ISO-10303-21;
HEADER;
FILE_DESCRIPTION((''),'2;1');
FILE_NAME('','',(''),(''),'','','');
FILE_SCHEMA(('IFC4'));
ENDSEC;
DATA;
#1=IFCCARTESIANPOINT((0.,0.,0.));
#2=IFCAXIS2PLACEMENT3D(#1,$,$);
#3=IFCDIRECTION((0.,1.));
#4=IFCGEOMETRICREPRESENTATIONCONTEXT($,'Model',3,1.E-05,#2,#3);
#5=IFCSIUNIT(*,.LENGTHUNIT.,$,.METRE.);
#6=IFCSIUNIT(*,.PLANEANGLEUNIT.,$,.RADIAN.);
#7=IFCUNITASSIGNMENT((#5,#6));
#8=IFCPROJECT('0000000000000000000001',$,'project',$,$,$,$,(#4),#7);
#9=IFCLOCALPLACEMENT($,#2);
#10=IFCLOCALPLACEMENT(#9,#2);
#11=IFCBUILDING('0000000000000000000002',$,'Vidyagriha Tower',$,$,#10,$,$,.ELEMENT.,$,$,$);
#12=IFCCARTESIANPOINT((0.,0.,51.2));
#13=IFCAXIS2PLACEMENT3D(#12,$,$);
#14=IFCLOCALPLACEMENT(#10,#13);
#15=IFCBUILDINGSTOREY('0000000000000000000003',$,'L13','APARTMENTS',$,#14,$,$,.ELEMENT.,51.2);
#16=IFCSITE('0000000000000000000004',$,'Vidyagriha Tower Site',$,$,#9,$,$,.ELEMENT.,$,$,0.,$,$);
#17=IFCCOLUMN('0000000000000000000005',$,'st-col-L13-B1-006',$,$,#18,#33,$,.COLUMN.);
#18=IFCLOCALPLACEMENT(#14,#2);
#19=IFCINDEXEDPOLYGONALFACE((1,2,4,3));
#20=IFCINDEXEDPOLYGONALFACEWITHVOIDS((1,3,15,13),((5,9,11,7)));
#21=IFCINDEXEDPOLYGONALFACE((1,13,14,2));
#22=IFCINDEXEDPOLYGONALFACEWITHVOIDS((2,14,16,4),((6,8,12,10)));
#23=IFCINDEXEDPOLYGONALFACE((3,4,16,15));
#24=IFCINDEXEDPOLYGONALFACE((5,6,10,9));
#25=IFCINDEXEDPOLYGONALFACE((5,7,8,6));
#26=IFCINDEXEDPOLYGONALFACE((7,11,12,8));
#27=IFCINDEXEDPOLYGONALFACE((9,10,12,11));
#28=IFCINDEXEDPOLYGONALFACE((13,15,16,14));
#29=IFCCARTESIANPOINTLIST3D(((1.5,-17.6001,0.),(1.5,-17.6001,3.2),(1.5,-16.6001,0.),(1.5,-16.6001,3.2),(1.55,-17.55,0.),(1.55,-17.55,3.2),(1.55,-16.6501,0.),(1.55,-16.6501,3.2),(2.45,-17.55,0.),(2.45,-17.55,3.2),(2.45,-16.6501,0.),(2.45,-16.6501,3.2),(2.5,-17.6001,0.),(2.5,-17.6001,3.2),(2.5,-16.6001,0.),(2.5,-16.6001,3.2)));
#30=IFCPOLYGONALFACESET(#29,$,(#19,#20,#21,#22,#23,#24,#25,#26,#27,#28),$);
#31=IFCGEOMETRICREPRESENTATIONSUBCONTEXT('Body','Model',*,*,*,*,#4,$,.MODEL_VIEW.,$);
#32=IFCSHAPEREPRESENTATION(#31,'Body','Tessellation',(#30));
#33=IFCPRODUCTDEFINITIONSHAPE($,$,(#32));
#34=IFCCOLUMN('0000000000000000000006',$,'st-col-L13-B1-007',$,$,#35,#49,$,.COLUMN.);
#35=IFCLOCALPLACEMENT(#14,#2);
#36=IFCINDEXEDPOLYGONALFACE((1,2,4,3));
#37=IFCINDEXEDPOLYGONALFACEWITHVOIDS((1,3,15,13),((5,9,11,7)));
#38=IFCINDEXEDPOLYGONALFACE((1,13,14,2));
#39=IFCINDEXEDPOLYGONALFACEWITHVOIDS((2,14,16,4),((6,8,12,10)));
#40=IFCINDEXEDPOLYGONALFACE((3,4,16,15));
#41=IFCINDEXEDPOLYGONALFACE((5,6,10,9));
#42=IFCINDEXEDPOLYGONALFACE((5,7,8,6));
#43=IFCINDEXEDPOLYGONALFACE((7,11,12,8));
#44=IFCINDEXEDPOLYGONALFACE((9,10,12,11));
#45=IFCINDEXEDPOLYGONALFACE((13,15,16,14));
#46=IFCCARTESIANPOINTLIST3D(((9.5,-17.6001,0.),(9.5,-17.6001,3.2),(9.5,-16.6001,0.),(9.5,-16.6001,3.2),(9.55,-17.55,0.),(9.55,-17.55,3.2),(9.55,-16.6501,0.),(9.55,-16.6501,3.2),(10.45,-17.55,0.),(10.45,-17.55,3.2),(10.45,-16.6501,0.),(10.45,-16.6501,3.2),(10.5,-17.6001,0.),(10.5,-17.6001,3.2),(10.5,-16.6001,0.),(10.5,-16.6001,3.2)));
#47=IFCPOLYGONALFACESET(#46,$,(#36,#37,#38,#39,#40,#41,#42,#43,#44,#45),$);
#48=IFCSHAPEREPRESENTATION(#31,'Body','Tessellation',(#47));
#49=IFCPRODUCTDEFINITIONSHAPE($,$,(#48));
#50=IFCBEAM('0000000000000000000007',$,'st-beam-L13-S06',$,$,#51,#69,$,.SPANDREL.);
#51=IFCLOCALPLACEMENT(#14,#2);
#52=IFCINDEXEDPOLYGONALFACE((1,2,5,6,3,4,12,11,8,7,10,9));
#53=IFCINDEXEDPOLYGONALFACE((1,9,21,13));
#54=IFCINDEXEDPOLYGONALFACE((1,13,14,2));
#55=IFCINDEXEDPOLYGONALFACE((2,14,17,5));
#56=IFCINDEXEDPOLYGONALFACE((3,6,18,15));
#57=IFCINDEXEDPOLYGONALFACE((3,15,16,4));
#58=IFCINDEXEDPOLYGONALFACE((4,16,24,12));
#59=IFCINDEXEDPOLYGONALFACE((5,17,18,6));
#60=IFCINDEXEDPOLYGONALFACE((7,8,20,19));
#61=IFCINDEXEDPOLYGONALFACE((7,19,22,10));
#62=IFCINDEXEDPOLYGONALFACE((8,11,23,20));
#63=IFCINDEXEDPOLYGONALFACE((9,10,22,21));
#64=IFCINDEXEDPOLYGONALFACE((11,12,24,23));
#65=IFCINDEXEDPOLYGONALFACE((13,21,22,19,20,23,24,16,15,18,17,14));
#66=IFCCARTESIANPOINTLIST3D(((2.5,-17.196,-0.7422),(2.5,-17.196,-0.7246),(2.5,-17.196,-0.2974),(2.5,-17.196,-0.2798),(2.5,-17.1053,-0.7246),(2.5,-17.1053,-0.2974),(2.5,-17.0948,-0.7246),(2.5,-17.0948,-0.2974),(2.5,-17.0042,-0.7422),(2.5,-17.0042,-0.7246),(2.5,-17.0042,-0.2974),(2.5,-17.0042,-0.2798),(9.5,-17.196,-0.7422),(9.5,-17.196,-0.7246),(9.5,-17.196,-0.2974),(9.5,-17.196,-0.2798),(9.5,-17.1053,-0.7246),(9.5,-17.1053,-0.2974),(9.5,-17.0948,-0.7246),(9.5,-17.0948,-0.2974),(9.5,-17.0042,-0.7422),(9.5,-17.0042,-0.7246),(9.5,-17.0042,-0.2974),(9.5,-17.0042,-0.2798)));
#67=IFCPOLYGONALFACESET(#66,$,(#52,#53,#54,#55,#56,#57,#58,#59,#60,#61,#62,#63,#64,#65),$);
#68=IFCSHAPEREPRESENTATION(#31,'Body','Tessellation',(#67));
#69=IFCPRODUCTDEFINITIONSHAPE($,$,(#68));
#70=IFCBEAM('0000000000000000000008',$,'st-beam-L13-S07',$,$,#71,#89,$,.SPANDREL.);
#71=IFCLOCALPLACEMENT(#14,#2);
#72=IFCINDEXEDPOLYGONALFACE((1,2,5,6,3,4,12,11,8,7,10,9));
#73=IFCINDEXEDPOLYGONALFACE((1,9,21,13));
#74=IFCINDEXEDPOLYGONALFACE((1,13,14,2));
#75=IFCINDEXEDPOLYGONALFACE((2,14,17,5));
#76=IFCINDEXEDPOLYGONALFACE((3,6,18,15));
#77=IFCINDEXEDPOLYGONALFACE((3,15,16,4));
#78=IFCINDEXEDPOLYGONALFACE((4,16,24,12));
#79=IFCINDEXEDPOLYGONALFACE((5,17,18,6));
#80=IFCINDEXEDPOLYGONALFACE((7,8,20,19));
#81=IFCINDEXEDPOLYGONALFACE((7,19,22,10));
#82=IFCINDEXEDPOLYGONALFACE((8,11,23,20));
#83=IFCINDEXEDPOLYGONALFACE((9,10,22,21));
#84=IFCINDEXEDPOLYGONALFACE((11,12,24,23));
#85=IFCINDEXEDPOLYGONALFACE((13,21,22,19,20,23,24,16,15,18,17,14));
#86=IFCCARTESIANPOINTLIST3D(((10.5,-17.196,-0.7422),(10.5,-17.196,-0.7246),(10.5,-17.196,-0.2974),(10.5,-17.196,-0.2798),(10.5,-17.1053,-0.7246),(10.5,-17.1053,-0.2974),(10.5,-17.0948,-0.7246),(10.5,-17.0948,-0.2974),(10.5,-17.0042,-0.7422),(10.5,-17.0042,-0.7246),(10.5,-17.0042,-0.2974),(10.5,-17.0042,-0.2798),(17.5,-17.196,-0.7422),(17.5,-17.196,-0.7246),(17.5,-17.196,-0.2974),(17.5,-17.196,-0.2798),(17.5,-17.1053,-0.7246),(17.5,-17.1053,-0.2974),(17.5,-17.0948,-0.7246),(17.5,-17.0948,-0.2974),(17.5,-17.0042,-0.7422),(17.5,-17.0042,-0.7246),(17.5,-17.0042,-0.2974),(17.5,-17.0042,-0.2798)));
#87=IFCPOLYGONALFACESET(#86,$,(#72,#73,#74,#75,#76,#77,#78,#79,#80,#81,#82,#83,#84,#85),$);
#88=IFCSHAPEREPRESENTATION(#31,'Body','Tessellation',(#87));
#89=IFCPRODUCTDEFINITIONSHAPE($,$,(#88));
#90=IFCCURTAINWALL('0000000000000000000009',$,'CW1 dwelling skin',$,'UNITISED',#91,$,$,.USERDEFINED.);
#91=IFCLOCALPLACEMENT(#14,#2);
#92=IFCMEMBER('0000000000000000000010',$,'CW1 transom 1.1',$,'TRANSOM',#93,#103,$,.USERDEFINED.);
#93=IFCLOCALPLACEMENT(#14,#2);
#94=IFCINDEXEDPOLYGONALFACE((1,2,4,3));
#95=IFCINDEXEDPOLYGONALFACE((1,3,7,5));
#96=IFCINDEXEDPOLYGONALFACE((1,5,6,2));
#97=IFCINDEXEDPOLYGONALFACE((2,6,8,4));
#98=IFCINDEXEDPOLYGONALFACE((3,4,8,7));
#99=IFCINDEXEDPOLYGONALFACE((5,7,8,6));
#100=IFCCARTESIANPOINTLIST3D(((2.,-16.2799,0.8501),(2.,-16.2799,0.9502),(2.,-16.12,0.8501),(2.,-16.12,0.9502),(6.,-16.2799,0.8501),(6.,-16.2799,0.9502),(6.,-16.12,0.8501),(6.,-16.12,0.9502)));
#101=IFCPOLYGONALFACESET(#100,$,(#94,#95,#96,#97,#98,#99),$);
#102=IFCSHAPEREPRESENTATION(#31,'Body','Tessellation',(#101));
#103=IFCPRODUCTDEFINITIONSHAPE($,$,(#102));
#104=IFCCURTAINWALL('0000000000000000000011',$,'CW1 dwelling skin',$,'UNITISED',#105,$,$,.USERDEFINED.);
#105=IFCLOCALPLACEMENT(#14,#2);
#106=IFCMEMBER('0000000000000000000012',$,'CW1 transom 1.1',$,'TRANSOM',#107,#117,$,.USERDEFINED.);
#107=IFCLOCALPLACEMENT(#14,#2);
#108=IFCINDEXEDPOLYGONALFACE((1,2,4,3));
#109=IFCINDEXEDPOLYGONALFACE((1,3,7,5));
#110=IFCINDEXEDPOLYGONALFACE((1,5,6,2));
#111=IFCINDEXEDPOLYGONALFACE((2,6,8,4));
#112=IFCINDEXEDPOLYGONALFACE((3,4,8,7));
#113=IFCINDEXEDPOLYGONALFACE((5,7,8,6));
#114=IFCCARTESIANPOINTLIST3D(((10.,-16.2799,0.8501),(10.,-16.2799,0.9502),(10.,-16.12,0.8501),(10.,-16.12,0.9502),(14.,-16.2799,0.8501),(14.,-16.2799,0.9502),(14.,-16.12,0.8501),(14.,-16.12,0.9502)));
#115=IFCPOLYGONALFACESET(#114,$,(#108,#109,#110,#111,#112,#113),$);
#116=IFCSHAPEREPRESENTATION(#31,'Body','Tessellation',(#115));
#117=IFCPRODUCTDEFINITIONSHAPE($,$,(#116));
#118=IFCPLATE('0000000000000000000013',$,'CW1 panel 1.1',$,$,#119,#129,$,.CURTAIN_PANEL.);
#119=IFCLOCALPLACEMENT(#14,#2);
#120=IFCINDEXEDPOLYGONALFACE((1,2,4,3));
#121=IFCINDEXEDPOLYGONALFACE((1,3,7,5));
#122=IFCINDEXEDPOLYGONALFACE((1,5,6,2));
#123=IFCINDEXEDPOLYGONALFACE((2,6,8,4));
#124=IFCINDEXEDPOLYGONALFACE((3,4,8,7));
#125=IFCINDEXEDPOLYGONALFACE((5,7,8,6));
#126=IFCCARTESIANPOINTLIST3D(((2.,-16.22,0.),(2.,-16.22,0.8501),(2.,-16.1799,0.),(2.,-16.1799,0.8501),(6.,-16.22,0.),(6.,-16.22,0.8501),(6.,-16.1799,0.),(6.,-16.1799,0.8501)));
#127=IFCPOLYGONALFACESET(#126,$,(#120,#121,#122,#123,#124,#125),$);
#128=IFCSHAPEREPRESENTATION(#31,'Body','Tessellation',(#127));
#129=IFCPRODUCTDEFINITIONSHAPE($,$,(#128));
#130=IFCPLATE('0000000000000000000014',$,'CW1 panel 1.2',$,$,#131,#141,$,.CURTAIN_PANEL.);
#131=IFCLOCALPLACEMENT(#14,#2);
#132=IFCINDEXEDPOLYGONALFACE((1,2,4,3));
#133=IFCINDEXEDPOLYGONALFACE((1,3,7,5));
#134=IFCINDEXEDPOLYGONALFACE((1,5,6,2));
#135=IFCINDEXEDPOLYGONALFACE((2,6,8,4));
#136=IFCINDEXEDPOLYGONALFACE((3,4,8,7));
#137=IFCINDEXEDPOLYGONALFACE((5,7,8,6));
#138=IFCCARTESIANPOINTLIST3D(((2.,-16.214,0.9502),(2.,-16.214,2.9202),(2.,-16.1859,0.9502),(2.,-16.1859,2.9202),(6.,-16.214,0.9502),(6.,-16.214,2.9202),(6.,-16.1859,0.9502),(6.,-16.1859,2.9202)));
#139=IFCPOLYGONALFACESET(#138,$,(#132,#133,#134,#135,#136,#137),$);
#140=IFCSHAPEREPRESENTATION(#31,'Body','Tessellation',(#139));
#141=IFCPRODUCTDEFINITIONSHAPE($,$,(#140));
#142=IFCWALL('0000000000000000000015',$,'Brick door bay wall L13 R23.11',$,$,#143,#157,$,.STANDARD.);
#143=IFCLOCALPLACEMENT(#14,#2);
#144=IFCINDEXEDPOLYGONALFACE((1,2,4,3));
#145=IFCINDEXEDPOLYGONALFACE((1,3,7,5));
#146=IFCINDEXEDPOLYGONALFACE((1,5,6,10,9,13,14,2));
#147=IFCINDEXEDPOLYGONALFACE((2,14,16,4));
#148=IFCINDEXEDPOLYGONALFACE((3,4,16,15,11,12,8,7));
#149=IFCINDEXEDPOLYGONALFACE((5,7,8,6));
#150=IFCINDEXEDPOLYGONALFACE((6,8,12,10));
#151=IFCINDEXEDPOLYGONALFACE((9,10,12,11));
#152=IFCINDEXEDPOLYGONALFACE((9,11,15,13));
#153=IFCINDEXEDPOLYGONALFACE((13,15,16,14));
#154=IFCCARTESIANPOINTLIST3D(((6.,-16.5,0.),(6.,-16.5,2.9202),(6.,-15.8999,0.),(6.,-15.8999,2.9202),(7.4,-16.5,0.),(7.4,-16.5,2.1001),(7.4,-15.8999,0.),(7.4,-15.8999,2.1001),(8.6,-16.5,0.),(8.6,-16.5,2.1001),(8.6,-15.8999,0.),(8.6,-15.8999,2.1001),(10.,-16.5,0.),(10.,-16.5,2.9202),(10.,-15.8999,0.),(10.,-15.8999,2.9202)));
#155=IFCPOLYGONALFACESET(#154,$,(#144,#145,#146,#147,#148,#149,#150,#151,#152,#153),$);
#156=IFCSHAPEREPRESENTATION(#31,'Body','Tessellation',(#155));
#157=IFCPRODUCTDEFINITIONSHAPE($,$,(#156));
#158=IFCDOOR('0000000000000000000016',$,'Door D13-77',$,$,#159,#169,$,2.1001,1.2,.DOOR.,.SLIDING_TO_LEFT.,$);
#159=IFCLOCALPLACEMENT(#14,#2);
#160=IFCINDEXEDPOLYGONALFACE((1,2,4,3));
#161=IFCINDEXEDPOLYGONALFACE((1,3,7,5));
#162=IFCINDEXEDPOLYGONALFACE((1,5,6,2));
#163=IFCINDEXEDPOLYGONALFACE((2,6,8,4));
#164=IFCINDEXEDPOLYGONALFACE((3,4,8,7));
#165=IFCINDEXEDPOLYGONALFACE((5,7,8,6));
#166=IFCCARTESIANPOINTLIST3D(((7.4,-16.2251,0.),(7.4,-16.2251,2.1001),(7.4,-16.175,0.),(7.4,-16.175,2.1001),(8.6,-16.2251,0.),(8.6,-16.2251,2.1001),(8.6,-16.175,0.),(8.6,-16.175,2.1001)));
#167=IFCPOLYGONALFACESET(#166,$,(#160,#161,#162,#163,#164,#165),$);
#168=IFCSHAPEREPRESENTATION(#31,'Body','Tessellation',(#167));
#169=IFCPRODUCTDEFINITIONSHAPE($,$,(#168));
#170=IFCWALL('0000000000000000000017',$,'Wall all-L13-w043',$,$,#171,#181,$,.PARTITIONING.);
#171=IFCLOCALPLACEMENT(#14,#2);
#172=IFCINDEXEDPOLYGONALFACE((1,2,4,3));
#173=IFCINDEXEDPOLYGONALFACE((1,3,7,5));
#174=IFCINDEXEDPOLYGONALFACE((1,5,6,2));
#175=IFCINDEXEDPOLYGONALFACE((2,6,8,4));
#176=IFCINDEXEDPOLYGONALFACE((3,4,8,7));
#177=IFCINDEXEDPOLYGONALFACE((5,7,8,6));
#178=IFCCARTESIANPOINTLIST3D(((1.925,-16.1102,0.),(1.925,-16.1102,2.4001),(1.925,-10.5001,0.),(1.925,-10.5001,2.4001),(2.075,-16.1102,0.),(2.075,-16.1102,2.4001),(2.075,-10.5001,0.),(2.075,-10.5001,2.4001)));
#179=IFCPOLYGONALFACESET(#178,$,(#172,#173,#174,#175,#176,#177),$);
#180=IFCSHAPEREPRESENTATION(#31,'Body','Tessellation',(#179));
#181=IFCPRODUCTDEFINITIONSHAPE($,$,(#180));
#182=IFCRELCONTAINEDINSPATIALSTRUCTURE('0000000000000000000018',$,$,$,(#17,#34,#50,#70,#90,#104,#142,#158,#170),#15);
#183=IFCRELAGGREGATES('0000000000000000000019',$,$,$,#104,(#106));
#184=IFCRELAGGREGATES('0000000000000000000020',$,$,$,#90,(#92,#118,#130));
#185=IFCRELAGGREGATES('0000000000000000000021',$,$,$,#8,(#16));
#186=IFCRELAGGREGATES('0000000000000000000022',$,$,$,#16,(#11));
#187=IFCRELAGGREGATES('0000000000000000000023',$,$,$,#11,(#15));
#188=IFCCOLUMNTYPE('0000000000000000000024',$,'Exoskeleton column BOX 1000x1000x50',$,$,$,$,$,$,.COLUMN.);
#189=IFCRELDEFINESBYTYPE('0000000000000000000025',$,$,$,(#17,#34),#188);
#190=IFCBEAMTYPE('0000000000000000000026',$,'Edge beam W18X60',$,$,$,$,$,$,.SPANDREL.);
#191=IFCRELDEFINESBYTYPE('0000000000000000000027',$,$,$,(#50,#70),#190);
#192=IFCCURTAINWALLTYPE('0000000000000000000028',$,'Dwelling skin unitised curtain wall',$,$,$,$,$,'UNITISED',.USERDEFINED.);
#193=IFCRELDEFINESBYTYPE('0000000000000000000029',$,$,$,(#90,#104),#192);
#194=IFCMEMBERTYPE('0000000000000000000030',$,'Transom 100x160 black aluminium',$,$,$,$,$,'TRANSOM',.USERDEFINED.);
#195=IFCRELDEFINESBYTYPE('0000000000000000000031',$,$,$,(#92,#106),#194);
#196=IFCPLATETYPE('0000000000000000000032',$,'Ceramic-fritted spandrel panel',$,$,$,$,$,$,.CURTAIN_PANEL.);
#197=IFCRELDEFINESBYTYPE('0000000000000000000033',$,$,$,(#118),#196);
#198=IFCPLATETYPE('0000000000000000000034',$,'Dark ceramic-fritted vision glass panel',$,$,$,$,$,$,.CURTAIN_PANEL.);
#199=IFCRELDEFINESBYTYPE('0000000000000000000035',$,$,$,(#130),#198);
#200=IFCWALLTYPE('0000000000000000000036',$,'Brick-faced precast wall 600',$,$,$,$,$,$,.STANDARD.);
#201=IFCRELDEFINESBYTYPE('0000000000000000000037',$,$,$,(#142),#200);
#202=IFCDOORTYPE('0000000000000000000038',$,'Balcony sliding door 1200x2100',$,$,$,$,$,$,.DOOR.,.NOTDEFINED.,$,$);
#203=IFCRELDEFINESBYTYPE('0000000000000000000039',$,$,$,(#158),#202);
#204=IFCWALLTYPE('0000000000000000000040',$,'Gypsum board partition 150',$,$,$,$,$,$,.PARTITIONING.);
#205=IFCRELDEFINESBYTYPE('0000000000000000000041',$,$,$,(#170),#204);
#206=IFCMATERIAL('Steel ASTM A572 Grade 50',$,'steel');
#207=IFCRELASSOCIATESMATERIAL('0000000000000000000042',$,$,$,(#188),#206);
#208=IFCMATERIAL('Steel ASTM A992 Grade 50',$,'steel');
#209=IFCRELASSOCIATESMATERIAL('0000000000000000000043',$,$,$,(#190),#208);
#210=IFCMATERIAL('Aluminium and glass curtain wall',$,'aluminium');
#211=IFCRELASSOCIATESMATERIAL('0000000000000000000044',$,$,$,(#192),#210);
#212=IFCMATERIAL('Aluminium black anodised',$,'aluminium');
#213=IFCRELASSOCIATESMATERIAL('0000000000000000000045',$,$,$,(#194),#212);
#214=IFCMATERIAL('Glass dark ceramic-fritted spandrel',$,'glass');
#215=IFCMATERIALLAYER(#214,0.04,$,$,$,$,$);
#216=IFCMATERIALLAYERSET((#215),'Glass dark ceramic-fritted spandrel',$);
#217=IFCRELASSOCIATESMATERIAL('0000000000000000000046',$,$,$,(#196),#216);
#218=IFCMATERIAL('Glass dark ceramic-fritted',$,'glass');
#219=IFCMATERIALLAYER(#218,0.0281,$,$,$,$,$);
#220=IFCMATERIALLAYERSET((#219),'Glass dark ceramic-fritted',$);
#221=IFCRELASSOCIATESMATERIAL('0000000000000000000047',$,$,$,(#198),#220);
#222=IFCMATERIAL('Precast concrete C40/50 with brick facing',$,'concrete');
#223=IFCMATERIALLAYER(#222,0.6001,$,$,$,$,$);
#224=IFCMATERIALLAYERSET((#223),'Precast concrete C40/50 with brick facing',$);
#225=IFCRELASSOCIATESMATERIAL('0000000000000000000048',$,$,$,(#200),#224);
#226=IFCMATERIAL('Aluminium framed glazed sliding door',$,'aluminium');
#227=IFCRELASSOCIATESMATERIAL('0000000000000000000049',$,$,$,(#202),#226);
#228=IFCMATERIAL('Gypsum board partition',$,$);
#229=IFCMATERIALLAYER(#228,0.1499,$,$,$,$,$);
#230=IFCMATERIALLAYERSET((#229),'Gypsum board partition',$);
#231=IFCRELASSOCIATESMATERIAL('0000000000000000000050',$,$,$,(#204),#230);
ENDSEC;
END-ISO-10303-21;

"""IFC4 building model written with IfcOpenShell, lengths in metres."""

from ifc_helpers import new_model, si_unit, direction, frame, frame_2d, origin, origin_2d, place, context, subcontext, project, spatial, rectangle, hollow_rectangle, i_section, extrude, material, layer, layer_set, material_profile, profile_set, type_object, element, fill, aggregate, save


model = new_model("IFC4")

# Units and contexts
model_context = context("Model", 3, precision=1e-05, world=origin(), true_north=direction((0.0, 1.0)))
body_context = subcontext(model_context, "Body", "Model", "MODEL_VIEW")
ifc_project = project(units=[si_unit("LENGTHUNIT", "METRE"), si_unit("PLANEANGLEUNIT", "RADIAN")], contexts=[model_context])

# Site, building, storey
site_placement = place(None, origin())
site = spatial("IfcSite", under=ifc_project, at=site_placement, Name="Vidyagriha Tower Site", CompositionType="ELEMENT", RefElevation=0.0)
building_placement = place(site_placement, origin())
building = spatial("IfcBuilding", under=site, at=building_placement, Name="Vidyagriha Tower", CompositionType="ELEMENT")
storey_placement = place(building_placement, frame((0.0, 0.0, 51.2)))
storey = spatial("IfcBuildingStorey", under=building, at=storey_placement, Name="L13", Description="APARTMENTS", CompositionType="ELEMENT", Elevation=51.2)

# Columns
ifc_material_1 = material(Name="Steel ASTM A572 Grade 50", Category="steel")
ifc_material_profile_1 = material_profile(ifc_material_1, hollow_rectangle(XDim=1.0, YDim=1.0, WallThickness=0.05, at=origin_2d()), Name="BOX 1000x1000x50")
ifc_profile_set_1 = profile_set([ifc_material_profile_1], Name="Steel ASTM A572 Grade 50")
column_type = type_object("IfcColumnType", Name="Exoskeleton column BOX 1000x1000x50", PredefinedType="COLUMN", material=ifc_profile_set_1)
for number, where, name in (
    (1, (2.0, -17.1001, 0.0), "st-col-L13-B1-006"),
    (2, (10.0, -17.1001, 0.0), "st-col-L13-B1-007"),
):
    element("IfcColumn", number, at=place(storey_placement, frame(where)), inside=storey, type_object=column_type, Name=name, PredefinedType="COLUMN", context=body_context, shape_type="SweptSolid", body=[
        extrude(hollow_rectangle(XDim=1.0, YDim=1.0, WallThickness=0.05, at=origin_2d()), origin(), (0.0, 0.0, 1.0), 3.2),
    ])

# Beams
ifc_material_2 = material(Name="Steel ASTM A992 Grade 50", Category="steel")
ifc_material_profile_2 = material_profile(ifc_material_2, i_section(OverallWidth=0.1919, OverallDepth=0.4624, WebThickness=0.0105, FlangeThickness=0.0176, at=origin_2d()), Name="W18X60")
ifc_profile_set_2 = profile_set([ifc_material_profile_2], Name="Steel ASTM A992 Grade 50")
beam_type = type_object("IfcBeamType", Name="Edge beam W18X60", PredefinedType="SPANDREL", material=ifc_profile_set_2)
for number, where, z_axis, x_axis, name in (
    (3, (2.5, -17.1001, -0.511), (1.0, 0.0, 0.0), (0.0, 1.0, 0.0), "st-beam-L13-S06"),
    (4, (10.5, -17.1001, -0.511), (1.0, 0.0, 0.0), (0.0, 1.0, 0.0), "st-beam-L13-S07"),
):
    element("IfcBeam", number, at=place(storey_placement, frame(where, z_axis=z_axis, x_axis=x_axis)), inside=storey, type_object=beam_type, Name=name, PredefinedType="SPANDREL", context=body_context, shape_type="SweptSolid", body=[
        extrude(i_section(OverallWidth=0.1919, OverallDepth=0.4624, WebThickness=0.0105, FlangeThickness=0.0176, at=origin_2d()), origin(), (0.0, 0.0, 1.0), 7.0),
    ])

# Curtain walls, members
ifc_material_3 = material(Name="Aluminium and glass curtain wall", Category="aluminium")
curtain_wall_type = type_object("IfcCurtainWallType", Name="Dwelling skin unitised curtain wall", ElementType="UNITISED", PredefinedType="USERDEFINED", material=ifc_material_3)
curtain_wall_1_placement = place(storey_placement, origin())
curtain_wall_1 = element("IfcCurtainWall", 5, at=curtain_wall_1_placement, inside=storey, type_object=curtain_wall_type, Name="CW1 dwelling skin", ObjectType="UNITISED", PredefinedType="USERDEFINED")
ifc_material_4 = material(Name="Aluminium black anodised", Category="aluminium")
ifc_material_profile_3 = material_profile(ifc_material_4, rectangle(XDim=0.1599, YDim=0.1001, at=origin_2d()), Name="Transom 100x160 black aluminium")
ifc_profile_set_3 = profile_set([ifc_material_profile_3], Name="Aluminium black anodised")
member_type = type_object("IfcMemberType", Name="Transom 100x160 black aluminium", ElementType="TRANSOM", PredefinedType="USERDEFINED", material=ifc_profile_set_3)
member_1_placement = place(storey_placement, frame((2.0, -16.2, 0.9001), z_axis=(1.0, 0.0, 0.0), x_axis=(0.0, 1.0, 0.0)))
member_1 = element("IfcMember", 6, at=member_1_placement, type_object=member_type, Name="CW1 transom 1.1", ObjectType="TRANSOM", PredefinedType="USERDEFINED", context=body_context, shape_type="SweptSolid", body=[
    extrude(rectangle(XDim=0.1599, YDim=0.1001, at=origin_2d()), origin(), (0.0, 0.0, 1.0), 4.0),
])
curtain_wall_2_placement = place(storey_placement, origin())
curtain_wall_2 = element("IfcCurtainWall", 7, at=curtain_wall_2_placement, inside=storey, type_object=curtain_wall_type, Name="CW1 dwelling skin", ObjectType="UNITISED", PredefinedType="USERDEFINED")
member_2_placement = place(storey_placement, frame((10.0, -16.2, 0.9001), z_axis=(1.0, 0.0, 0.0), x_axis=(0.0, 1.0, 0.0)))
member_2 = element("IfcMember", 8, at=member_2_placement, type_object=member_type, Name="CW1 transom 1.1", ObjectType="TRANSOM", PredefinedType="USERDEFINED", context=body_context, shape_type="SweptSolid", body=[
    extrude(rectangle(XDim=0.1599, YDim=0.1001, at=origin_2d()), origin(), (0.0, 0.0, 1.0), 4.0),
])
aggregate(curtain_wall_2, [member_2])

# Plates
ifc_material_5 = material(Name="Glass dark ceramic-fritted spandrel", Category="glass")
ifc_layer_1 = layer(ifc_material_5, 0.04)
ifc_layer_set_1 = layer_set([ifc_layer_1], Name="Glass dark ceramic-fritted spandrel")
plate_type_1 = type_object("IfcPlateType", Name="Ceramic-fritted spandrel panel", PredefinedType="CURTAIN_PANEL", material=ifc_layer_set_1)
plate_1_placement = place(storey_placement, frame((4.0, -16.2, 0.0)))
plate_1 = element("IfcPlate", 9, at=plate_1_placement, type_object=plate_type_1, Name="CW1 panel 1.1", PredefinedType="CURTAIN_PANEL", context=body_context, shape_type="SweptSolid", body=[
    extrude(rectangle(XDim=4.0, YDim=0.04, at=origin_2d()), origin(), (0.0, 0.0, 1.0), 0.8501),
])
ifc_material_6 = material(Name="Glass dark ceramic-fritted", Category="glass")
ifc_layer_2 = layer(ifc_material_6, 0.0281)
ifc_layer_set_2 = layer_set([ifc_layer_2], Name="Glass dark ceramic-fritted")
plate_type_2 = type_object("IfcPlateType", Name="Dark ceramic-fritted vision glass panel", PredefinedType="CURTAIN_PANEL", material=ifc_layer_set_2)
plate_2_placement = place(storey_placement, frame((4.0, -16.2, 0.9502)))
plate_2 = element("IfcPlate", 10, at=plate_2_placement, type_object=plate_type_2, Name="CW1 panel 1.2", PredefinedType="CURTAIN_PANEL", context=body_context, shape_type="SweptSolid", body=[
    extrude(rectangle(XDim=4.0, YDim=0.0281, at=origin_2d()), origin(), (0.0, 0.0, 1.0), 1.97),
])
aggregate(curtain_wall_1, [member_1, plate_1, plate_2])

# Wall, opening, door
ifc_material_7 = material(Name="Precast concrete C40/50 with brick facing", Category="concrete")
ifc_layer_3 = layer(ifc_material_7, 0.6001)
ifc_layer_set_3 = layer_set([ifc_layer_3], Name="Precast concrete C40/50 with brick facing")
wall_type_1 = type_object("IfcWallType", Name="Brick-faced precast wall 600", PredefinedType="STANDARD", material=ifc_layer_set_3)
wall_1_placement = place(storey_placement, frame((6.0, -16.2, 0.0)))
wall_1 = element("IfcWall", 11, at=wall_1_placement, inside=storey, type_object=wall_type_1, Name="Brick door bay wall L13 R23.11", PredefinedType="STANDARD", context=body_context, shape_type="SweptSolid", body=[
    extrude(rectangle(XDim=4.0, YDim=0.6001, at=frame_2d((2.0, 0.0))), origin(), (0.0, 0.0, 1.0), 2.9202),
])
opening_placement = place(wall_1_placement, frame((1.3999, 0.0, 0.0)))
opening = element("IfcOpeningElement", 12, at=opening_placement, cuts=wall_1, PredefinedType="OPENING", context=body_context, shape_type="SweptSolid", body=[
    extrude(rectangle(XDim=1.2, YDim=2.1001, at=frame_2d((0.6001, 1.05))), frame((0.0, 0.3101, 0.0), z_axis=(0.0, -1.0, 0.0), x_axis=(1.0, 0.0, 0.0)), (0.0, 0.0, 1.0), 0.6201),
])
ifc_material_8 = material(Name="Aluminium framed glazed sliding door", Category="aluminium")
door_type = type_object("IfcDoorType", Name="Balcony sliding door 1200x2100", OperationType="NOTDEFINED", PredefinedType="DOOR", material=ifc_material_8)
door_placement = place(opening_placement, origin())
door = element("IfcDoor", 13, at=door_placement, inside=storey, type_object=door_type, Name="Door D13-77", OperationType="SLIDING_TO_LEFT", OverallHeight=2.1001, OverallWidth=1.2, PredefinedType="DOOR", context=body_context, shape_type="SweptSolid", body=[
    extrude(rectangle(XDim=1.2, YDim=2.1001, at=frame_2d((0.6001, 1.05))), frame((0.0, 0.0249, 0.0), z_axis=(0.0, -1.0, 0.0), x_axis=(1.0, 0.0, 0.0)), (0.0, 0.0, 1.0), 0.05),
])
fill(opening, door)

# Wall
ifc_material_9 = material(Name="Gypsum board partition")
ifc_layer_4 = layer(ifc_material_9, 0.1499)
ifc_layer_set_4 = layer_set([ifc_layer_4], Name="Gypsum board partition")
wall_type_2 = type_object("IfcWallType", Name="Gypsum board partition 150", PredefinedType="PARTITIONING", material=ifc_layer_set_4)
wall_2_placement = place(storey_placement, frame((2.0, -10.5, 0.0), z_axis=(0.0, 0.0, 1.0), x_axis=(0.0, -1.0, 0.0)))
element("IfcWall", 14, at=wall_2_placement, inside=storey, type_object=wall_type_2, Name="Wall all-L13-w043", PredefinedType="PARTITIONING", context=body_context, shape_type="SweptSolid", body=[
    extrude(rectangle(XDim=5.6101, YDim=0.1499, at=frame_2d((2.8052, 0.0))), origin(), (0.0, 0.0, 1.0), 2.4001),
])

save(model, "model.ifc")
